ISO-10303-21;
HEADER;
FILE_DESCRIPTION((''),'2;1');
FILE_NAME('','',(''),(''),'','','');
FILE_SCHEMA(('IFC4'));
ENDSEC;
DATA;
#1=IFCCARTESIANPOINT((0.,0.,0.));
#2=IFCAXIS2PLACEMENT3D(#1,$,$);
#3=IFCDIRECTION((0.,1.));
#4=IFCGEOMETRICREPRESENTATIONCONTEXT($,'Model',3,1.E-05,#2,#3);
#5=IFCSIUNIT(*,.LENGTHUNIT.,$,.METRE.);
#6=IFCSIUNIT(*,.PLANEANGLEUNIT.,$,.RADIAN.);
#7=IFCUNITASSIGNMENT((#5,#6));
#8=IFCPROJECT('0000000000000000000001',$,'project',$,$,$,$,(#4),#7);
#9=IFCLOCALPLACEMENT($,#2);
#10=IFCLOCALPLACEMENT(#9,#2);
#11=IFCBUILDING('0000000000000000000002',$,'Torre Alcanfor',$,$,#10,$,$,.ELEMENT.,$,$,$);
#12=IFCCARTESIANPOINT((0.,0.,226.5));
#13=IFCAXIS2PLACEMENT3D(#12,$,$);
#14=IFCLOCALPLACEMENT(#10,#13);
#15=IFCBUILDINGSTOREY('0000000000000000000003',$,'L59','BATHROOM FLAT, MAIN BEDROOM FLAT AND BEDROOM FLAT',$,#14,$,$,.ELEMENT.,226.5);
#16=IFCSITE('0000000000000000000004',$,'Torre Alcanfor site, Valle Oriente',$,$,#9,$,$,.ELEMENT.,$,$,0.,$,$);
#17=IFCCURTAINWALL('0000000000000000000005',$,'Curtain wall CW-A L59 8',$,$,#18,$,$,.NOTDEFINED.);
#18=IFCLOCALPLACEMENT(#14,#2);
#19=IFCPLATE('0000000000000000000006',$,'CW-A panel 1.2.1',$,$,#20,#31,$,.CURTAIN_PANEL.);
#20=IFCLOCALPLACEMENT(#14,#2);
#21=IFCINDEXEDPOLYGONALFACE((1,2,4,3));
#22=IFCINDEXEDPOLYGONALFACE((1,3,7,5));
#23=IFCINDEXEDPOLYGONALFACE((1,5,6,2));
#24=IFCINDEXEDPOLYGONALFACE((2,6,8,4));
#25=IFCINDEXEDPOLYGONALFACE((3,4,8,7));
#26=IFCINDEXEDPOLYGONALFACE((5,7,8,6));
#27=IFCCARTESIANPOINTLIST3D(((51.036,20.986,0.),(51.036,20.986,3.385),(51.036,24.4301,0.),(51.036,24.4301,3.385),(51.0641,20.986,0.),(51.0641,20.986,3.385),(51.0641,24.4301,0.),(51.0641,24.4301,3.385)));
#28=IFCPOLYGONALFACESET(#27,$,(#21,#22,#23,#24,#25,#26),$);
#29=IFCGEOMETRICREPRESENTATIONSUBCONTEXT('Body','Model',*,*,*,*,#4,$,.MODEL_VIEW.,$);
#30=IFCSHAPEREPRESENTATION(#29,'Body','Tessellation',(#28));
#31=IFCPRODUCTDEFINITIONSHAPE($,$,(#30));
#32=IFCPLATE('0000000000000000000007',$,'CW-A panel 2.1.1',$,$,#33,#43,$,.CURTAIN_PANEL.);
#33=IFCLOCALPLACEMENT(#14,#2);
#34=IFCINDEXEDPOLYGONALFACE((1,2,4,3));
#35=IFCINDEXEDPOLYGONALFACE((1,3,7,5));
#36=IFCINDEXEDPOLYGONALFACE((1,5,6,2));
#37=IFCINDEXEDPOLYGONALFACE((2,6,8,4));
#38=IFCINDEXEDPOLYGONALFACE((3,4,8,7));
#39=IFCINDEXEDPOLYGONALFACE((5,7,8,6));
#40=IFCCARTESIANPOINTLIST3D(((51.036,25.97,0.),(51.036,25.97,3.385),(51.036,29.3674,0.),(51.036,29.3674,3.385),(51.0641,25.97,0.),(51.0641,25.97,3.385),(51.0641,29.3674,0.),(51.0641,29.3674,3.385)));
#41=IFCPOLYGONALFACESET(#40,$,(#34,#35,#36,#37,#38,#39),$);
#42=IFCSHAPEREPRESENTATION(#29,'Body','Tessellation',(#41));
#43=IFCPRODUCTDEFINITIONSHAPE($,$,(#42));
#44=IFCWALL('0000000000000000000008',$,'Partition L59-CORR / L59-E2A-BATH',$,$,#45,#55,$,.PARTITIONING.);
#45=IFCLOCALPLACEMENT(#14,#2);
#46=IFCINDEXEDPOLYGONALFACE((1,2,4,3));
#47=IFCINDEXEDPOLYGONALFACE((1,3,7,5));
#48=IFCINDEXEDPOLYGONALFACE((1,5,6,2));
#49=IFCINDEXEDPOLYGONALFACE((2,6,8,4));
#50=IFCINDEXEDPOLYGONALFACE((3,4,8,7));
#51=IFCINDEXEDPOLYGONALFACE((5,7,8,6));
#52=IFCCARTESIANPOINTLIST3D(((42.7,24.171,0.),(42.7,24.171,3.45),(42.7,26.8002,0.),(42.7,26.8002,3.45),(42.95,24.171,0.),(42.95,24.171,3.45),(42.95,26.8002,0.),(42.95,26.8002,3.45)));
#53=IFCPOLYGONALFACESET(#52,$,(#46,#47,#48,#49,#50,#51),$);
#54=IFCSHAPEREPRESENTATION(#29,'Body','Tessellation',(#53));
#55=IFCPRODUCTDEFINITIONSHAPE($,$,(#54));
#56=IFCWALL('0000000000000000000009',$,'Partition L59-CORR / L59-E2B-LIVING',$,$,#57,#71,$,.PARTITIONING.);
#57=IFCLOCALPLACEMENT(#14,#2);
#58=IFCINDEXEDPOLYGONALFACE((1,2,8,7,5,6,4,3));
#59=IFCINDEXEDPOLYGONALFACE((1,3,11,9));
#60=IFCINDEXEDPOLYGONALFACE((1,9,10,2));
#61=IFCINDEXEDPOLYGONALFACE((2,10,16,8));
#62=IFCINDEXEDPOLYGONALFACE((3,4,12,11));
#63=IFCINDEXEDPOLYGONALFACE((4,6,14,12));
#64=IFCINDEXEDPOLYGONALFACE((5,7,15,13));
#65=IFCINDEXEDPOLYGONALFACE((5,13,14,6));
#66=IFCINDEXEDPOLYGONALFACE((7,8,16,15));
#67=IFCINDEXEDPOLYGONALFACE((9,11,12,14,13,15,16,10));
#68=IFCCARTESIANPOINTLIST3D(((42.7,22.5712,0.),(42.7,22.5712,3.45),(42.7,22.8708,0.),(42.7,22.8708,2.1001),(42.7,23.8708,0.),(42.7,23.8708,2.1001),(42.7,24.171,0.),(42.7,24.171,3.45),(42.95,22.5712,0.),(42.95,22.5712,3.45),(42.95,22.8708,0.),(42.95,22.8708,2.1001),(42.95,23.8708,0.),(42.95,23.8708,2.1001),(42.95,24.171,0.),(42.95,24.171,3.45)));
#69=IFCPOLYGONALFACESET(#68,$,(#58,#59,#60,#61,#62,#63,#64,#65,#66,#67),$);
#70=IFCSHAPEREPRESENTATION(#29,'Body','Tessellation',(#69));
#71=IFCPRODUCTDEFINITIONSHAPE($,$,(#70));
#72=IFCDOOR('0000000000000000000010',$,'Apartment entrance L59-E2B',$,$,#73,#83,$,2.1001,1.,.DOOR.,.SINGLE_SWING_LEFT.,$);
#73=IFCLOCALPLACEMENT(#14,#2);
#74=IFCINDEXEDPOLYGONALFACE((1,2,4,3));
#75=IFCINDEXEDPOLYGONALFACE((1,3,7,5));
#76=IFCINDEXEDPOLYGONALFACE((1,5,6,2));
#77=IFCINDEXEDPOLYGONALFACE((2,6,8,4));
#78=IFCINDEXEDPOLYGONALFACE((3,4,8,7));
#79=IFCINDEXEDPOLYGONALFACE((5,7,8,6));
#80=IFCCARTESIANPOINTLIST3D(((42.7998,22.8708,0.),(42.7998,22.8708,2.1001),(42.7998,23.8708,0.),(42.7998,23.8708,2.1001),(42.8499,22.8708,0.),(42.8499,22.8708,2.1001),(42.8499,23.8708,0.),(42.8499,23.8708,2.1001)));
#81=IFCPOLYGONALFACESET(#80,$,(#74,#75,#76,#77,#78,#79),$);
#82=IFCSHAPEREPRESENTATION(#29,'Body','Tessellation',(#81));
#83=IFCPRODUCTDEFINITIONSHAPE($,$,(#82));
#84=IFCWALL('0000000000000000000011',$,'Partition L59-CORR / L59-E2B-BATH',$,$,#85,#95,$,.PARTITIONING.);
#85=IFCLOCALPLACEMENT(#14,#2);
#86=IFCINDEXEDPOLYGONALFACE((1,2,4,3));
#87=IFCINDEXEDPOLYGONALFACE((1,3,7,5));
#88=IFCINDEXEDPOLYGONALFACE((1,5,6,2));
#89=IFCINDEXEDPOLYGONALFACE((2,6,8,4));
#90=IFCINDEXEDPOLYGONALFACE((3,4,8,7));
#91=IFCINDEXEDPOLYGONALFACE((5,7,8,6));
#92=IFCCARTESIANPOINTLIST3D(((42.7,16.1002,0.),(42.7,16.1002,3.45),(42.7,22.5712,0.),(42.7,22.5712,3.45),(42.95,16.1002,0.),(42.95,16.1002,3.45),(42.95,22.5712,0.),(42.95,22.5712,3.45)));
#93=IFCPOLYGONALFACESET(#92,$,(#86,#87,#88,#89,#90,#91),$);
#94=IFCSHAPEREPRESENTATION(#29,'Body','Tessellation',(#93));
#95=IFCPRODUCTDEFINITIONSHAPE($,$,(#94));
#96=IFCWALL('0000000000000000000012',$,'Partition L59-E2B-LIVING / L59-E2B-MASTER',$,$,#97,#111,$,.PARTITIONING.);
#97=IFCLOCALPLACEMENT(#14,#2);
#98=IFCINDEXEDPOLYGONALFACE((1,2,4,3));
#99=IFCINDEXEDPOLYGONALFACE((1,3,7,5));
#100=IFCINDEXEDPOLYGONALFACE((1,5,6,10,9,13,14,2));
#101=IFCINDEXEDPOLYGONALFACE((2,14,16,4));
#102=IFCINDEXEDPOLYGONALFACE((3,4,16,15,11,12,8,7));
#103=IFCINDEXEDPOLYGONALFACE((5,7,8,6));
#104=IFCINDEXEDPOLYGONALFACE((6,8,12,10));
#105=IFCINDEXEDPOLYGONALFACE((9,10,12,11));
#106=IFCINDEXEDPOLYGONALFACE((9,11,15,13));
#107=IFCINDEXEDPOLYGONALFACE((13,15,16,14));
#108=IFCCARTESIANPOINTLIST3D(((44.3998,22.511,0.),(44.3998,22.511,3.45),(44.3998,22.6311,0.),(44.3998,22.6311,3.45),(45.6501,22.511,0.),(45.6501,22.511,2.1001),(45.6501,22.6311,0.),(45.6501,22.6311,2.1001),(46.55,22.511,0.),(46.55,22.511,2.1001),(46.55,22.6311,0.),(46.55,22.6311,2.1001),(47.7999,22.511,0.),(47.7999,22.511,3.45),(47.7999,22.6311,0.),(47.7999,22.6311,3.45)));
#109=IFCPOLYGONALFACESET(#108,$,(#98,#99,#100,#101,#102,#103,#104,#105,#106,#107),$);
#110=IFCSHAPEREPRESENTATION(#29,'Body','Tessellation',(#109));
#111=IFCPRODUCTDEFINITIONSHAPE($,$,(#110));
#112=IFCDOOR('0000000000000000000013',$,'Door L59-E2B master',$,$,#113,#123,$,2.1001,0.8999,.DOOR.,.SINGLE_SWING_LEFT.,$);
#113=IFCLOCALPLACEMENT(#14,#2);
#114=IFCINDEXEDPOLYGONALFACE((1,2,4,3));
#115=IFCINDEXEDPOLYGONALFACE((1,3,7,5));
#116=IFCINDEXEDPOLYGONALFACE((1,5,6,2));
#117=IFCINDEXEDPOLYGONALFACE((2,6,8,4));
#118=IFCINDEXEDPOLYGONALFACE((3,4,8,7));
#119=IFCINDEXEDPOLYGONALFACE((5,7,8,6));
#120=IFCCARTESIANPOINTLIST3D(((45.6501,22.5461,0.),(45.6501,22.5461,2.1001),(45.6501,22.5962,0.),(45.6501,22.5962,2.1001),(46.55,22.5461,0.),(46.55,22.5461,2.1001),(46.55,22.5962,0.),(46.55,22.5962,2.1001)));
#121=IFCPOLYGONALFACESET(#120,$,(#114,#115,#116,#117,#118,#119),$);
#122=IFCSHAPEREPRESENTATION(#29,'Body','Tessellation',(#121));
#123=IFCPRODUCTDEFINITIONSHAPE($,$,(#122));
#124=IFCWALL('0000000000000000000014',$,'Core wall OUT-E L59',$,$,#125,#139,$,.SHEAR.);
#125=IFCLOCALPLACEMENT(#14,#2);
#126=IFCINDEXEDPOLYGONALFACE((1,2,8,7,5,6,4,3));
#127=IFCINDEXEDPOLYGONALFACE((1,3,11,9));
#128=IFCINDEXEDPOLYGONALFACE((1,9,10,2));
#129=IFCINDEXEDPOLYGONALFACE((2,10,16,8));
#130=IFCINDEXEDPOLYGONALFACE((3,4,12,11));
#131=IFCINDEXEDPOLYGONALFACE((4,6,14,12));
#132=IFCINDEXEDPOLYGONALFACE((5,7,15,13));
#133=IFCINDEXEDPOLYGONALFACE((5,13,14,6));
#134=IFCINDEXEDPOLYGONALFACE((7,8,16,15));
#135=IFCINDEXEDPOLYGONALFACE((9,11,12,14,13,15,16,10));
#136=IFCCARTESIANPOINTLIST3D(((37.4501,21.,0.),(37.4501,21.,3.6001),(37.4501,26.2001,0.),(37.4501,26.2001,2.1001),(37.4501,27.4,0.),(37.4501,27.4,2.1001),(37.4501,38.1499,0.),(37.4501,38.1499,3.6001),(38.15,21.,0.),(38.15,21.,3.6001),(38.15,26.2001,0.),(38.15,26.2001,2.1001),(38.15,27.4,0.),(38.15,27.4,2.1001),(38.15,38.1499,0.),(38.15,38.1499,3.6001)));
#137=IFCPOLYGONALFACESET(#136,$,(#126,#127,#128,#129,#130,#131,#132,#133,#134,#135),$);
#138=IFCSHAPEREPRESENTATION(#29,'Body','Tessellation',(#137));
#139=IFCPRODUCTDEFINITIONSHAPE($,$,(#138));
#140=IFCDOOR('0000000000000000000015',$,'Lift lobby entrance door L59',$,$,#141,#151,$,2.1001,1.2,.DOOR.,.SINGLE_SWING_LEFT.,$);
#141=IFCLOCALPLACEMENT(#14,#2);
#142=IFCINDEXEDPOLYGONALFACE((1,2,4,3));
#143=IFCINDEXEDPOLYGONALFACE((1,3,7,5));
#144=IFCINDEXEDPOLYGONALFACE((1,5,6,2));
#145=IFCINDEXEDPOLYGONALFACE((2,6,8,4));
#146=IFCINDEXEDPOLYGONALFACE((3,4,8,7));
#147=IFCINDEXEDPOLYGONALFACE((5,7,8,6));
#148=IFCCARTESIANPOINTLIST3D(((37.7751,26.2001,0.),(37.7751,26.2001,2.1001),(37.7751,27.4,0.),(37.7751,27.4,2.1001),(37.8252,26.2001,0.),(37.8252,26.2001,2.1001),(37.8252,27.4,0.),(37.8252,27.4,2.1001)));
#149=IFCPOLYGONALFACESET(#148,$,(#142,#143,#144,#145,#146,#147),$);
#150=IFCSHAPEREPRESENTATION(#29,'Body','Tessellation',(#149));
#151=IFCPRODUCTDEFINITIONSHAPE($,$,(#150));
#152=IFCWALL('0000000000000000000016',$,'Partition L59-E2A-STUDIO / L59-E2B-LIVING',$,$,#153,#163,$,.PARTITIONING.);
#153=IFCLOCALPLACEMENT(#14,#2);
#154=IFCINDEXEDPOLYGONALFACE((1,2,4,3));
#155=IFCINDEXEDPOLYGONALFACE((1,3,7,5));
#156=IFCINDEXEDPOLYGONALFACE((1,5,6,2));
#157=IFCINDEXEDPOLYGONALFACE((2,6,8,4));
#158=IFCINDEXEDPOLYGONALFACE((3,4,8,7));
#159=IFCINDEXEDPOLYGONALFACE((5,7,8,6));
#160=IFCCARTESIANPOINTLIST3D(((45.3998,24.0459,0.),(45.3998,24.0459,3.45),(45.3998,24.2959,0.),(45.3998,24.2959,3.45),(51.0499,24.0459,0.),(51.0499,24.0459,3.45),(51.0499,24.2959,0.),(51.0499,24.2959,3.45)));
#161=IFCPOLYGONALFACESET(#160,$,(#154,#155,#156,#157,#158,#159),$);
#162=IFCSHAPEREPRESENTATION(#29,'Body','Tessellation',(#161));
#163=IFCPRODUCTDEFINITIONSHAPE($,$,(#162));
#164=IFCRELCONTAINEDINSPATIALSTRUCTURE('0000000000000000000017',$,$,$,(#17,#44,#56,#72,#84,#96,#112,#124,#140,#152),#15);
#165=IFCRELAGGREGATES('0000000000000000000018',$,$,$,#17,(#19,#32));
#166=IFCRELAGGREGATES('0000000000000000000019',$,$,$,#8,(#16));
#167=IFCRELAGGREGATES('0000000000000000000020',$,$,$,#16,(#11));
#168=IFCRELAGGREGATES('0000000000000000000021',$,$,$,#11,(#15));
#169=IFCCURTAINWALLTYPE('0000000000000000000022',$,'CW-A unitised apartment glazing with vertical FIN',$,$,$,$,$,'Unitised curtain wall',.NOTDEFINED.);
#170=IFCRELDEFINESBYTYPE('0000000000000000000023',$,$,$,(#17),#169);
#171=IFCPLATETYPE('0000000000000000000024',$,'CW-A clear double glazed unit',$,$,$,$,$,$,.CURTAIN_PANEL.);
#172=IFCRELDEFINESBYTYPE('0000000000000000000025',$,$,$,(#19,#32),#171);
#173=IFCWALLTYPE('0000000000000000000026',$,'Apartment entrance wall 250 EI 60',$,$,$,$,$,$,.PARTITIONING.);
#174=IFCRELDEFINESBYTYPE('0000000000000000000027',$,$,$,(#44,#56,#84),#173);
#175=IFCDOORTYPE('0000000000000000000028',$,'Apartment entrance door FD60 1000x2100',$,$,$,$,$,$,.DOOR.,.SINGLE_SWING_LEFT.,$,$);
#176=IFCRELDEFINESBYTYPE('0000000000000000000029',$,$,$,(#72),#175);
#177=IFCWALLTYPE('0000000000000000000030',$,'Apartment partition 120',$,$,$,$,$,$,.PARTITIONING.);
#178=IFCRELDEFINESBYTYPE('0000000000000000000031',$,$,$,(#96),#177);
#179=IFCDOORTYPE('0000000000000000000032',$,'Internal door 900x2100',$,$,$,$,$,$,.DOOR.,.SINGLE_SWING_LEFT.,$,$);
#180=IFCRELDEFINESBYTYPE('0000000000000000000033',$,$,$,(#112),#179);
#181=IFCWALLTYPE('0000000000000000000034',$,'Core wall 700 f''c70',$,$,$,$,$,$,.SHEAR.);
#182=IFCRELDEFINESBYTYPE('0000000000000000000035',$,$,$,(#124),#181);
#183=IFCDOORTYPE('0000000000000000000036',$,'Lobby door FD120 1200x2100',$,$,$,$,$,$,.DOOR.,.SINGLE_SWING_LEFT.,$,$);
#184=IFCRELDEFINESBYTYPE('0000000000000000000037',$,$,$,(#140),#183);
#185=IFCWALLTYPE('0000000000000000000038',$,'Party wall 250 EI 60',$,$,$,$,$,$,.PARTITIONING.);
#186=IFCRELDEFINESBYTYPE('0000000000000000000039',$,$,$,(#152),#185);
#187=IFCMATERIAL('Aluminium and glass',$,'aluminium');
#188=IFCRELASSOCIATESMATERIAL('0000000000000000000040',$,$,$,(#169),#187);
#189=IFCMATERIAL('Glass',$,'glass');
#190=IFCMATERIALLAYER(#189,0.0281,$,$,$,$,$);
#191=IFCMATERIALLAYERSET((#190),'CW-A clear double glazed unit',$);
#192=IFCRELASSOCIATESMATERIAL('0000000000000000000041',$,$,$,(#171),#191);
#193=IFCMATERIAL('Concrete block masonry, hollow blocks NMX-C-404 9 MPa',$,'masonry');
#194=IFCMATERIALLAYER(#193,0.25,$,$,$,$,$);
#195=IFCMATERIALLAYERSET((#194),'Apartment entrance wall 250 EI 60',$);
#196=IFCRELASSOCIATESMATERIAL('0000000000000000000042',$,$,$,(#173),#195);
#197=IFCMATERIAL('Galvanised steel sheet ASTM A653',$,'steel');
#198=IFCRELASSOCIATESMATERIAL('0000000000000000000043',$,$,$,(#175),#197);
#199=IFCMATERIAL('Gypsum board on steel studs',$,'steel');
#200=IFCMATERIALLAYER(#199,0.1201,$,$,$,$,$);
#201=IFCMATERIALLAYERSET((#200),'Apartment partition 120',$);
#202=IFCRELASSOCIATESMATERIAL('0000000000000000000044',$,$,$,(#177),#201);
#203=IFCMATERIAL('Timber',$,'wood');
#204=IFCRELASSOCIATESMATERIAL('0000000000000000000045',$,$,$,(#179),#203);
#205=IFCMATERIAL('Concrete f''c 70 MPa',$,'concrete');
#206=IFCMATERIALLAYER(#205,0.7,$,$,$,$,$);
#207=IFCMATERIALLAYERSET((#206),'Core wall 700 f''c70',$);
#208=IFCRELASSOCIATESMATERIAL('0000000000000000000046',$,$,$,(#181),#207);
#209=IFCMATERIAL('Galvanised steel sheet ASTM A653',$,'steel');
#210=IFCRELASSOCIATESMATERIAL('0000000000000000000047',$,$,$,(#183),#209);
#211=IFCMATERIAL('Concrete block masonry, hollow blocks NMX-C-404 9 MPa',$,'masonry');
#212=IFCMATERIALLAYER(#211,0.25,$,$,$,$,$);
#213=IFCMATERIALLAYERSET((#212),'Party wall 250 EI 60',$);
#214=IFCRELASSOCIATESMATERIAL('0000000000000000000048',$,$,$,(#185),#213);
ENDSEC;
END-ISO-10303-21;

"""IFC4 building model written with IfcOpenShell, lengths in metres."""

from ifc_helpers import new_model, si_unit, direction, frame, frame_2d, origin, origin_2d, place, context, subcontext, project, spatial, rectangle, extrude, material, layer, layer_set, type_object, element, fill, aggregate, save


model = new_model("IFC4")

# Units and contexts
model_context = context("Model", 3, precision=1e-05, world=origin(), true_north=direction((0.0, 1.0)))
body_context = subcontext(model_context, "Body", "Model", "MODEL_VIEW")
ifc_project = project(units=[si_unit("LENGTHUNIT", "METRE"), si_unit("PLANEANGLEUNIT", "RADIAN")], contexts=[model_context])

# Site, building, storey
site_placement = place(None, origin())
site = spatial("IfcSite", under=ifc_project, at=site_placement, Name="Torre Alcanfor site, Valle Oriente", CompositionType="ELEMENT", RefElevation=0.0)
building_placement = place(site_placement, origin())
building = spatial("IfcBuilding", under=site, at=building_placement, Name="Torre Alcanfor", CompositionType="ELEMENT")
storey_placement = place(building_placement, frame((0.0, 0.0, 226.5)))
storey = spatial("IfcBuildingStorey", under=building, at=storey_placement, Name="L59", Description="BATHROOM FLAT, MAIN BEDROOM FLAT AND BEDROOM FLAT", CompositionType="ELEMENT", Elevation=226.5)

# Curtain wall
ifc_material_1 = material(Name="Aluminium and glass", Category="aluminium")
curtain_wall_type = type_object("IfcCurtainWallType", Name="CW-A unitised apartment glazing with vertical FIN", ElementType="Unitised curtain wall", PredefinedType="NOTDEFINED", material=ifc_material_1)
curtain_wall_placement = place(storey_placement, origin())
curtain_wall = element("IfcCurtainWall", 1, at=curtain_wall_placement, inside=storey, type_object=curtain_wall_type, Name="Curtain wall CW-A L59 8", PredefinedType="NOTDEFINED")

# Plates
ifc_material_2 = material(Name="Glass", Category="glass")
ifc_layer_1 = layer(ifc_material_2, 0.0281)
ifc_layer_set_1 = layer_set([ifc_layer_1], Name="CW-A clear double glazed unit")
plate_type = type_object("IfcPlateType", Name="CW-A clear double glazed unit", PredefinedType="CURTAIN_PANEL", material=ifc_layer_set_1)
plate_1_placement = place(storey_placement, frame((51.05, 22.708, 0.0), z_axis=(0.0, 0.0, 1.0), x_axis=(0.0, 1.0, 0.0)))
plate_1 = element("IfcPlate", 2, at=plate_1_placement, type_object=plate_type, Name="CW-A panel 1.2.1", PredefinedType="CURTAIN_PANEL", context=body_context, shape_type="SweptSolid", body=[
    extrude(rectangle(XDim=3.4441, YDim=0.0281, at=origin_2d()), origin(), (0.0, 0.0, 1.0), 3.385),
])
plate_2_placement = place(storey_placement, frame((51.05, 27.6687, 0.0), z_axis=(0.0, 0.0, 1.0), x_axis=(0.0, 1.0, 0.0)))
plate_2 = element("IfcPlate", 3, at=plate_2_placement, type_object=plate_type, Name="CW-A panel 2.1.1", PredefinedType="CURTAIN_PANEL", context=body_context, shape_type="SweptSolid", body=[
    extrude(rectangle(XDim=3.3975, YDim=0.0281, at=origin_2d()), origin(), (0.0, 0.0, 1.0), 3.385),
])
aggregate(curtain_wall, [plate_1, plate_2])

# Wall
ifc_material_3 = material(Name="Concrete block masonry, hollow blocks NMX-C-404 9 MPa", Category="masonry")
ifc_layer_2 = layer(ifc_material_3, 0.25)
ifc_layer_set_2 = layer_set([ifc_layer_2], Name="Apartment entrance wall 250 EI 60")
wall_type_1 = type_object("IfcWallType", Name="Apartment entrance wall 250 EI 60", PredefinedType="PARTITIONING", material=ifc_layer_set_2)
wall_1_placement = place(storey_placement, frame((42.825, 26.8, 0.0), z_axis=(0.0, 0.0, 1.0), x_axis=(0.0, -1.0, 0.0)))
element("IfcWall", 4, at=wall_1_placement, inside=storey, type_object=wall_type_1, Name="Partition L59-CORR / L59-E2A-BATH", PredefinedType="PARTITIONING", context=body_context, shape_type="SweptSolid", body=[
    extrude(rectangle(XDim=2.6292, YDim=0.25, at=frame_2d((1.3145, 0.0))), origin(), (0.0, 0.0, 1.0), 3.45),
])

# Wall, opening, door
wall_2_placement = place(storey_placement, frame((42.825, 24.1709, 0.0), z_axis=(0.0, 0.0, 1.0), x_axis=(0.0, -1.0, 0.0)))
wall_2 = element("IfcWall", 5, at=wall_2_placement, inside=storey, type_object=wall_type_1, Name="Partition L59-CORR / L59-E2B-LIVING", PredefinedType="PARTITIONING", context=body_context, shape_type="SweptSolid", body=[
    extrude(rectangle(XDim=1.5999, YDim=0.25, at=frame_2d((0.7998, 0.0))), origin(), (0.0, 0.0, 1.0), 3.45),
])
opening_1_placement = place(wall_2_placement, frame((0.3, 0.0, 0.0)))
opening_1 = element("IfcOpeningElement", 6, at=opening_1_placement, cuts=wall_2, PredefinedType="OPENING", context=body_context, shape_type="SweptSolid", body=[
    extrude(rectangle(XDim=1.0, YDim=2.1001, at=frame_2d((0.5, 1.05))), frame((0.0, 0.135, 0.0), z_axis=(0.0, -1.0, 0.0), x_axis=(1.0, 0.0, 0.0)), (0.0, 0.0, 1.0), 0.27),
])
ifc_material_4 = material(Name="Galvanised steel sheet ASTM A653", Category="steel")
door_type_1 = type_object("IfcDoorType", Name="Apartment entrance door FD60 1000x2100", OperationType="SINGLE_SWING_LEFT", PredefinedType="DOOR", material=ifc_material_4)
door_1_placement = place(opening_1_placement, origin())
door_1 = element("IfcDoor", 7, at=door_1_placement, inside=storey, type_object=door_type_1, Name="Apartment entrance L59-E2B", OperationType="SINGLE_SWING_LEFT", OverallHeight=2.1001, OverallWidth=1.0, PredefinedType="DOOR", context=body_context, shape_type="SweptSolid", body=[
    extrude(rectangle(XDim=1.0, YDim=2.1001, at=frame_2d((0.5, 1.05))), frame((0.0, 0.0249, 0.0), z_axis=(0.0, -1.0, 0.0), x_axis=(1.0, 0.0, 0.0)), (0.0, 0.0, 1.0), 0.05),
])
fill(opening_1, door_1)

# Wall
wall_3_placement = place(storey_placement, frame((42.825, 22.571, 0.0), z_axis=(0.0, 0.0, 1.0), x_axis=(0.0, -1.0, 0.0)))
element("IfcWall", 8, at=wall_3_placement, inside=storey, type_object=wall_type_1, Name="Partition L59-CORR / L59-E2B-BATH", PredefinedType="PARTITIONING", context=body_context, shape_type="SweptSolid", body=[
    extrude(rectangle(XDim=6.4709, YDim=0.25, at=frame_2d((3.2354, 0.0))), origin(), (0.0, 0.0, 1.0), 3.45),
])

# Walls, openings, doors
ifc_material_5 = material(Name="Gypsum board on steel studs", Category="steel")
ifc_layer_3 = layer(ifc_material_5, 0.1201)
ifc_layer_set_3 = layer_set([ifc_layer_3], Name="Apartment partition 120")
wall_type_2 = type_object("IfcWallType", Name="Apartment partition 120", PredefinedType="PARTITIONING", material=ifc_layer_set_3)
wall_4_placement = place(storey_placement, frame((47.8, 22.571, 0.0), z_axis=(0.0, 0.0, 1.0), x_axis=(-1.0, 0.0, 0.0)))
wall_4 = element("IfcWall", 9, at=wall_4_placement, inside=storey, type_object=wall_type_2, Name="Partition L59-E2B-LIVING / L59-E2B-MASTER", PredefinedType="PARTITIONING", context=body_context, shape_type="SweptSolid", body=[
    extrude(rectangle(XDim=3.4001, YDim=0.1201, at=frame_2d((1.7002, 0.0))), origin(), (0.0, 0.0, 1.0), 3.45),
])
opening_2_placement = place(wall_4_placement, frame((1.25, 0.0, 0.0)))
opening_2 = element("IfcOpeningElement", 10, at=opening_2_placement, cuts=wall_4, PredefinedType="OPENING", context=body_context, shape_type="SweptSolid", body=[
    extrude(rectangle(XDim=0.8999, YDim=2.1001, at=frame_2d((0.45, 1.05))), frame((0.0, 0.0701, 0.0), z_axis=(0.0, -1.0, 0.0), x_axis=(1.0, 0.0, 0.0)), (0.0, 0.0, 1.0), 0.1401),
])
ifc_material_6 = material(Name="Timber", Category="wood")
door_type_2 = type_object("IfcDoorType", Name="Internal door 900x2100", OperationType="SINGLE_SWING_LEFT", PredefinedType="DOOR", material=ifc_material_6)
door_2_placement = place(opening_2_placement, origin())
door_2 = element("IfcDoor", 11, at=door_2_placement, inside=storey, type_object=door_type_2, Name="Door L59-E2B master", OperationType="SINGLE_SWING_LEFT", OverallHeight=2.1001, OverallWidth=0.8999, PredefinedType="DOOR", context=body_context, shape_type="SweptSolid", body=[
    extrude(rectangle(XDim=0.8999, YDim=2.1001, at=frame_2d((0.45, 1.05))), frame((0.0, 0.0249, 0.0), z_axis=(0.0, -1.0, 0.0), x_axis=(1.0, 0.0, 0.0)), (0.0, 0.0, 1.0), 0.05),
])
fill(opening_2, door_2)
ifc_material_7 = material(Name="Concrete f'c 70 MPa", Category="concrete")
ifc_layer_4 = layer(ifc_material_7, 0.7)
ifc_layer_set_4 = layer_set([ifc_layer_4], Name="Core wall 700 f'c70")
wall_type_3 = type_object("IfcWallType", Name="Core wall 700 f'c70", PredefinedType="SHEAR", material=ifc_layer_set_4)
wall_5_placement = place(storey_placement, frame((37.8, 21.0, 0.0), z_axis=(0.0, 0.0, 1.0), x_axis=(0.0, 1.0, 0.0)))
wall_5 = element("IfcWall", 12, at=wall_5_placement, inside=storey, type_object=wall_type_3, Name="Core wall OUT-E L59", PredefinedType="SHEAR", context=body_context, shape_type="SweptSolid", body=[
    extrude(rectangle(XDim=17.1499, YDim=0.7, at=frame_2d((8.575, 0.0))), origin(), (0.0, 0.0, 1.0), 3.6001),
])
opening_3_placement = place(wall_5_placement, frame((5.2, 0.0, 0.0)))
opening_3 = element("IfcOpeningElement", 13, at=opening_3_placement, cuts=wall_5, PredefinedType="OPENING", context=body_context, shape_type="SweptSolid", body=[
    extrude(rectangle(XDim=1.2, YDim=2.1001, at=frame_2d((0.6001, 1.05))), frame((0.0, 0.3599, 0.0), z_axis=(0.0, -1.0, 0.0), x_axis=(1.0, 0.0, 0.0)), (0.0, 0.0, 1.0), 0.72),
])
ifc_material_8 = material(Name="Galvanised steel sheet ASTM A653", Category="steel")
door_type_3 = type_object("IfcDoorType", Name="Lobby door FD120 1200x2100", OperationType="SINGLE_SWING_LEFT", PredefinedType="DOOR", material=ifc_material_8)
door_3_placement = place(opening_3_placement, origin())
door_3 = element("IfcDoor", 14, at=door_3_placement, inside=storey, type_object=door_type_3, Name="Lift lobby entrance door L59", OperationType="SINGLE_SWING_LEFT", OverallHeight=2.1001, OverallWidth=1.2, PredefinedType="DOOR", context=body_context, shape_type="SweptSolid", body=[
    extrude(rectangle(XDim=1.2, YDim=2.1001, at=frame_2d((0.6001, 1.05))), frame((0.0, 0.0249, 0.0), z_axis=(0.0, -1.0, 0.0), x_axis=(1.0, 0.0, 0.0)), (0.0, 0.0, 1.0), 0.05),
])
fill(opening_3, door_3)

# Wall
ifc_material_9 = material(Name="Concrete block masonry, hollow blocks NMX-C-404 9 MPa", Category="masonry")
ifc_layer_5 = layer(ifc_material_9, 0.25)
ifc_layer_set_5 = layer_set([ifc_layer_5], Name="Party wall 250 EI 60")
wall_type_4 = type_object("IfcWallType", Name="Party wall 250 EI 60", PredefinedType="PARTITIONING", material=ifc_layer_set_5)
wall_6_placement = place(storey_placement, frame((51.05, 24.1709, 0.0), z_axis=(0.0, 0.0, 1.0), x_axis=(-1.0, 0.0, 0.0)))
element("IfcWall", 15, at=wall_6_placement, inside=storey, type_object=wall_type_4, Name="Partition L59-E2A-STUDIO / L59-E2B-LIVING", PredefinedType="PARTITIONING", context=body_context, shape_type="SweptSolid", body=[
    extrude(rectangle(XDim=5.6501, YDim=0.25, at=frame_2d((2.8252, 0.0))), origin(), (0.0, 0.0, 1.0), 3.45),
])

save(model, "model.ifc")
